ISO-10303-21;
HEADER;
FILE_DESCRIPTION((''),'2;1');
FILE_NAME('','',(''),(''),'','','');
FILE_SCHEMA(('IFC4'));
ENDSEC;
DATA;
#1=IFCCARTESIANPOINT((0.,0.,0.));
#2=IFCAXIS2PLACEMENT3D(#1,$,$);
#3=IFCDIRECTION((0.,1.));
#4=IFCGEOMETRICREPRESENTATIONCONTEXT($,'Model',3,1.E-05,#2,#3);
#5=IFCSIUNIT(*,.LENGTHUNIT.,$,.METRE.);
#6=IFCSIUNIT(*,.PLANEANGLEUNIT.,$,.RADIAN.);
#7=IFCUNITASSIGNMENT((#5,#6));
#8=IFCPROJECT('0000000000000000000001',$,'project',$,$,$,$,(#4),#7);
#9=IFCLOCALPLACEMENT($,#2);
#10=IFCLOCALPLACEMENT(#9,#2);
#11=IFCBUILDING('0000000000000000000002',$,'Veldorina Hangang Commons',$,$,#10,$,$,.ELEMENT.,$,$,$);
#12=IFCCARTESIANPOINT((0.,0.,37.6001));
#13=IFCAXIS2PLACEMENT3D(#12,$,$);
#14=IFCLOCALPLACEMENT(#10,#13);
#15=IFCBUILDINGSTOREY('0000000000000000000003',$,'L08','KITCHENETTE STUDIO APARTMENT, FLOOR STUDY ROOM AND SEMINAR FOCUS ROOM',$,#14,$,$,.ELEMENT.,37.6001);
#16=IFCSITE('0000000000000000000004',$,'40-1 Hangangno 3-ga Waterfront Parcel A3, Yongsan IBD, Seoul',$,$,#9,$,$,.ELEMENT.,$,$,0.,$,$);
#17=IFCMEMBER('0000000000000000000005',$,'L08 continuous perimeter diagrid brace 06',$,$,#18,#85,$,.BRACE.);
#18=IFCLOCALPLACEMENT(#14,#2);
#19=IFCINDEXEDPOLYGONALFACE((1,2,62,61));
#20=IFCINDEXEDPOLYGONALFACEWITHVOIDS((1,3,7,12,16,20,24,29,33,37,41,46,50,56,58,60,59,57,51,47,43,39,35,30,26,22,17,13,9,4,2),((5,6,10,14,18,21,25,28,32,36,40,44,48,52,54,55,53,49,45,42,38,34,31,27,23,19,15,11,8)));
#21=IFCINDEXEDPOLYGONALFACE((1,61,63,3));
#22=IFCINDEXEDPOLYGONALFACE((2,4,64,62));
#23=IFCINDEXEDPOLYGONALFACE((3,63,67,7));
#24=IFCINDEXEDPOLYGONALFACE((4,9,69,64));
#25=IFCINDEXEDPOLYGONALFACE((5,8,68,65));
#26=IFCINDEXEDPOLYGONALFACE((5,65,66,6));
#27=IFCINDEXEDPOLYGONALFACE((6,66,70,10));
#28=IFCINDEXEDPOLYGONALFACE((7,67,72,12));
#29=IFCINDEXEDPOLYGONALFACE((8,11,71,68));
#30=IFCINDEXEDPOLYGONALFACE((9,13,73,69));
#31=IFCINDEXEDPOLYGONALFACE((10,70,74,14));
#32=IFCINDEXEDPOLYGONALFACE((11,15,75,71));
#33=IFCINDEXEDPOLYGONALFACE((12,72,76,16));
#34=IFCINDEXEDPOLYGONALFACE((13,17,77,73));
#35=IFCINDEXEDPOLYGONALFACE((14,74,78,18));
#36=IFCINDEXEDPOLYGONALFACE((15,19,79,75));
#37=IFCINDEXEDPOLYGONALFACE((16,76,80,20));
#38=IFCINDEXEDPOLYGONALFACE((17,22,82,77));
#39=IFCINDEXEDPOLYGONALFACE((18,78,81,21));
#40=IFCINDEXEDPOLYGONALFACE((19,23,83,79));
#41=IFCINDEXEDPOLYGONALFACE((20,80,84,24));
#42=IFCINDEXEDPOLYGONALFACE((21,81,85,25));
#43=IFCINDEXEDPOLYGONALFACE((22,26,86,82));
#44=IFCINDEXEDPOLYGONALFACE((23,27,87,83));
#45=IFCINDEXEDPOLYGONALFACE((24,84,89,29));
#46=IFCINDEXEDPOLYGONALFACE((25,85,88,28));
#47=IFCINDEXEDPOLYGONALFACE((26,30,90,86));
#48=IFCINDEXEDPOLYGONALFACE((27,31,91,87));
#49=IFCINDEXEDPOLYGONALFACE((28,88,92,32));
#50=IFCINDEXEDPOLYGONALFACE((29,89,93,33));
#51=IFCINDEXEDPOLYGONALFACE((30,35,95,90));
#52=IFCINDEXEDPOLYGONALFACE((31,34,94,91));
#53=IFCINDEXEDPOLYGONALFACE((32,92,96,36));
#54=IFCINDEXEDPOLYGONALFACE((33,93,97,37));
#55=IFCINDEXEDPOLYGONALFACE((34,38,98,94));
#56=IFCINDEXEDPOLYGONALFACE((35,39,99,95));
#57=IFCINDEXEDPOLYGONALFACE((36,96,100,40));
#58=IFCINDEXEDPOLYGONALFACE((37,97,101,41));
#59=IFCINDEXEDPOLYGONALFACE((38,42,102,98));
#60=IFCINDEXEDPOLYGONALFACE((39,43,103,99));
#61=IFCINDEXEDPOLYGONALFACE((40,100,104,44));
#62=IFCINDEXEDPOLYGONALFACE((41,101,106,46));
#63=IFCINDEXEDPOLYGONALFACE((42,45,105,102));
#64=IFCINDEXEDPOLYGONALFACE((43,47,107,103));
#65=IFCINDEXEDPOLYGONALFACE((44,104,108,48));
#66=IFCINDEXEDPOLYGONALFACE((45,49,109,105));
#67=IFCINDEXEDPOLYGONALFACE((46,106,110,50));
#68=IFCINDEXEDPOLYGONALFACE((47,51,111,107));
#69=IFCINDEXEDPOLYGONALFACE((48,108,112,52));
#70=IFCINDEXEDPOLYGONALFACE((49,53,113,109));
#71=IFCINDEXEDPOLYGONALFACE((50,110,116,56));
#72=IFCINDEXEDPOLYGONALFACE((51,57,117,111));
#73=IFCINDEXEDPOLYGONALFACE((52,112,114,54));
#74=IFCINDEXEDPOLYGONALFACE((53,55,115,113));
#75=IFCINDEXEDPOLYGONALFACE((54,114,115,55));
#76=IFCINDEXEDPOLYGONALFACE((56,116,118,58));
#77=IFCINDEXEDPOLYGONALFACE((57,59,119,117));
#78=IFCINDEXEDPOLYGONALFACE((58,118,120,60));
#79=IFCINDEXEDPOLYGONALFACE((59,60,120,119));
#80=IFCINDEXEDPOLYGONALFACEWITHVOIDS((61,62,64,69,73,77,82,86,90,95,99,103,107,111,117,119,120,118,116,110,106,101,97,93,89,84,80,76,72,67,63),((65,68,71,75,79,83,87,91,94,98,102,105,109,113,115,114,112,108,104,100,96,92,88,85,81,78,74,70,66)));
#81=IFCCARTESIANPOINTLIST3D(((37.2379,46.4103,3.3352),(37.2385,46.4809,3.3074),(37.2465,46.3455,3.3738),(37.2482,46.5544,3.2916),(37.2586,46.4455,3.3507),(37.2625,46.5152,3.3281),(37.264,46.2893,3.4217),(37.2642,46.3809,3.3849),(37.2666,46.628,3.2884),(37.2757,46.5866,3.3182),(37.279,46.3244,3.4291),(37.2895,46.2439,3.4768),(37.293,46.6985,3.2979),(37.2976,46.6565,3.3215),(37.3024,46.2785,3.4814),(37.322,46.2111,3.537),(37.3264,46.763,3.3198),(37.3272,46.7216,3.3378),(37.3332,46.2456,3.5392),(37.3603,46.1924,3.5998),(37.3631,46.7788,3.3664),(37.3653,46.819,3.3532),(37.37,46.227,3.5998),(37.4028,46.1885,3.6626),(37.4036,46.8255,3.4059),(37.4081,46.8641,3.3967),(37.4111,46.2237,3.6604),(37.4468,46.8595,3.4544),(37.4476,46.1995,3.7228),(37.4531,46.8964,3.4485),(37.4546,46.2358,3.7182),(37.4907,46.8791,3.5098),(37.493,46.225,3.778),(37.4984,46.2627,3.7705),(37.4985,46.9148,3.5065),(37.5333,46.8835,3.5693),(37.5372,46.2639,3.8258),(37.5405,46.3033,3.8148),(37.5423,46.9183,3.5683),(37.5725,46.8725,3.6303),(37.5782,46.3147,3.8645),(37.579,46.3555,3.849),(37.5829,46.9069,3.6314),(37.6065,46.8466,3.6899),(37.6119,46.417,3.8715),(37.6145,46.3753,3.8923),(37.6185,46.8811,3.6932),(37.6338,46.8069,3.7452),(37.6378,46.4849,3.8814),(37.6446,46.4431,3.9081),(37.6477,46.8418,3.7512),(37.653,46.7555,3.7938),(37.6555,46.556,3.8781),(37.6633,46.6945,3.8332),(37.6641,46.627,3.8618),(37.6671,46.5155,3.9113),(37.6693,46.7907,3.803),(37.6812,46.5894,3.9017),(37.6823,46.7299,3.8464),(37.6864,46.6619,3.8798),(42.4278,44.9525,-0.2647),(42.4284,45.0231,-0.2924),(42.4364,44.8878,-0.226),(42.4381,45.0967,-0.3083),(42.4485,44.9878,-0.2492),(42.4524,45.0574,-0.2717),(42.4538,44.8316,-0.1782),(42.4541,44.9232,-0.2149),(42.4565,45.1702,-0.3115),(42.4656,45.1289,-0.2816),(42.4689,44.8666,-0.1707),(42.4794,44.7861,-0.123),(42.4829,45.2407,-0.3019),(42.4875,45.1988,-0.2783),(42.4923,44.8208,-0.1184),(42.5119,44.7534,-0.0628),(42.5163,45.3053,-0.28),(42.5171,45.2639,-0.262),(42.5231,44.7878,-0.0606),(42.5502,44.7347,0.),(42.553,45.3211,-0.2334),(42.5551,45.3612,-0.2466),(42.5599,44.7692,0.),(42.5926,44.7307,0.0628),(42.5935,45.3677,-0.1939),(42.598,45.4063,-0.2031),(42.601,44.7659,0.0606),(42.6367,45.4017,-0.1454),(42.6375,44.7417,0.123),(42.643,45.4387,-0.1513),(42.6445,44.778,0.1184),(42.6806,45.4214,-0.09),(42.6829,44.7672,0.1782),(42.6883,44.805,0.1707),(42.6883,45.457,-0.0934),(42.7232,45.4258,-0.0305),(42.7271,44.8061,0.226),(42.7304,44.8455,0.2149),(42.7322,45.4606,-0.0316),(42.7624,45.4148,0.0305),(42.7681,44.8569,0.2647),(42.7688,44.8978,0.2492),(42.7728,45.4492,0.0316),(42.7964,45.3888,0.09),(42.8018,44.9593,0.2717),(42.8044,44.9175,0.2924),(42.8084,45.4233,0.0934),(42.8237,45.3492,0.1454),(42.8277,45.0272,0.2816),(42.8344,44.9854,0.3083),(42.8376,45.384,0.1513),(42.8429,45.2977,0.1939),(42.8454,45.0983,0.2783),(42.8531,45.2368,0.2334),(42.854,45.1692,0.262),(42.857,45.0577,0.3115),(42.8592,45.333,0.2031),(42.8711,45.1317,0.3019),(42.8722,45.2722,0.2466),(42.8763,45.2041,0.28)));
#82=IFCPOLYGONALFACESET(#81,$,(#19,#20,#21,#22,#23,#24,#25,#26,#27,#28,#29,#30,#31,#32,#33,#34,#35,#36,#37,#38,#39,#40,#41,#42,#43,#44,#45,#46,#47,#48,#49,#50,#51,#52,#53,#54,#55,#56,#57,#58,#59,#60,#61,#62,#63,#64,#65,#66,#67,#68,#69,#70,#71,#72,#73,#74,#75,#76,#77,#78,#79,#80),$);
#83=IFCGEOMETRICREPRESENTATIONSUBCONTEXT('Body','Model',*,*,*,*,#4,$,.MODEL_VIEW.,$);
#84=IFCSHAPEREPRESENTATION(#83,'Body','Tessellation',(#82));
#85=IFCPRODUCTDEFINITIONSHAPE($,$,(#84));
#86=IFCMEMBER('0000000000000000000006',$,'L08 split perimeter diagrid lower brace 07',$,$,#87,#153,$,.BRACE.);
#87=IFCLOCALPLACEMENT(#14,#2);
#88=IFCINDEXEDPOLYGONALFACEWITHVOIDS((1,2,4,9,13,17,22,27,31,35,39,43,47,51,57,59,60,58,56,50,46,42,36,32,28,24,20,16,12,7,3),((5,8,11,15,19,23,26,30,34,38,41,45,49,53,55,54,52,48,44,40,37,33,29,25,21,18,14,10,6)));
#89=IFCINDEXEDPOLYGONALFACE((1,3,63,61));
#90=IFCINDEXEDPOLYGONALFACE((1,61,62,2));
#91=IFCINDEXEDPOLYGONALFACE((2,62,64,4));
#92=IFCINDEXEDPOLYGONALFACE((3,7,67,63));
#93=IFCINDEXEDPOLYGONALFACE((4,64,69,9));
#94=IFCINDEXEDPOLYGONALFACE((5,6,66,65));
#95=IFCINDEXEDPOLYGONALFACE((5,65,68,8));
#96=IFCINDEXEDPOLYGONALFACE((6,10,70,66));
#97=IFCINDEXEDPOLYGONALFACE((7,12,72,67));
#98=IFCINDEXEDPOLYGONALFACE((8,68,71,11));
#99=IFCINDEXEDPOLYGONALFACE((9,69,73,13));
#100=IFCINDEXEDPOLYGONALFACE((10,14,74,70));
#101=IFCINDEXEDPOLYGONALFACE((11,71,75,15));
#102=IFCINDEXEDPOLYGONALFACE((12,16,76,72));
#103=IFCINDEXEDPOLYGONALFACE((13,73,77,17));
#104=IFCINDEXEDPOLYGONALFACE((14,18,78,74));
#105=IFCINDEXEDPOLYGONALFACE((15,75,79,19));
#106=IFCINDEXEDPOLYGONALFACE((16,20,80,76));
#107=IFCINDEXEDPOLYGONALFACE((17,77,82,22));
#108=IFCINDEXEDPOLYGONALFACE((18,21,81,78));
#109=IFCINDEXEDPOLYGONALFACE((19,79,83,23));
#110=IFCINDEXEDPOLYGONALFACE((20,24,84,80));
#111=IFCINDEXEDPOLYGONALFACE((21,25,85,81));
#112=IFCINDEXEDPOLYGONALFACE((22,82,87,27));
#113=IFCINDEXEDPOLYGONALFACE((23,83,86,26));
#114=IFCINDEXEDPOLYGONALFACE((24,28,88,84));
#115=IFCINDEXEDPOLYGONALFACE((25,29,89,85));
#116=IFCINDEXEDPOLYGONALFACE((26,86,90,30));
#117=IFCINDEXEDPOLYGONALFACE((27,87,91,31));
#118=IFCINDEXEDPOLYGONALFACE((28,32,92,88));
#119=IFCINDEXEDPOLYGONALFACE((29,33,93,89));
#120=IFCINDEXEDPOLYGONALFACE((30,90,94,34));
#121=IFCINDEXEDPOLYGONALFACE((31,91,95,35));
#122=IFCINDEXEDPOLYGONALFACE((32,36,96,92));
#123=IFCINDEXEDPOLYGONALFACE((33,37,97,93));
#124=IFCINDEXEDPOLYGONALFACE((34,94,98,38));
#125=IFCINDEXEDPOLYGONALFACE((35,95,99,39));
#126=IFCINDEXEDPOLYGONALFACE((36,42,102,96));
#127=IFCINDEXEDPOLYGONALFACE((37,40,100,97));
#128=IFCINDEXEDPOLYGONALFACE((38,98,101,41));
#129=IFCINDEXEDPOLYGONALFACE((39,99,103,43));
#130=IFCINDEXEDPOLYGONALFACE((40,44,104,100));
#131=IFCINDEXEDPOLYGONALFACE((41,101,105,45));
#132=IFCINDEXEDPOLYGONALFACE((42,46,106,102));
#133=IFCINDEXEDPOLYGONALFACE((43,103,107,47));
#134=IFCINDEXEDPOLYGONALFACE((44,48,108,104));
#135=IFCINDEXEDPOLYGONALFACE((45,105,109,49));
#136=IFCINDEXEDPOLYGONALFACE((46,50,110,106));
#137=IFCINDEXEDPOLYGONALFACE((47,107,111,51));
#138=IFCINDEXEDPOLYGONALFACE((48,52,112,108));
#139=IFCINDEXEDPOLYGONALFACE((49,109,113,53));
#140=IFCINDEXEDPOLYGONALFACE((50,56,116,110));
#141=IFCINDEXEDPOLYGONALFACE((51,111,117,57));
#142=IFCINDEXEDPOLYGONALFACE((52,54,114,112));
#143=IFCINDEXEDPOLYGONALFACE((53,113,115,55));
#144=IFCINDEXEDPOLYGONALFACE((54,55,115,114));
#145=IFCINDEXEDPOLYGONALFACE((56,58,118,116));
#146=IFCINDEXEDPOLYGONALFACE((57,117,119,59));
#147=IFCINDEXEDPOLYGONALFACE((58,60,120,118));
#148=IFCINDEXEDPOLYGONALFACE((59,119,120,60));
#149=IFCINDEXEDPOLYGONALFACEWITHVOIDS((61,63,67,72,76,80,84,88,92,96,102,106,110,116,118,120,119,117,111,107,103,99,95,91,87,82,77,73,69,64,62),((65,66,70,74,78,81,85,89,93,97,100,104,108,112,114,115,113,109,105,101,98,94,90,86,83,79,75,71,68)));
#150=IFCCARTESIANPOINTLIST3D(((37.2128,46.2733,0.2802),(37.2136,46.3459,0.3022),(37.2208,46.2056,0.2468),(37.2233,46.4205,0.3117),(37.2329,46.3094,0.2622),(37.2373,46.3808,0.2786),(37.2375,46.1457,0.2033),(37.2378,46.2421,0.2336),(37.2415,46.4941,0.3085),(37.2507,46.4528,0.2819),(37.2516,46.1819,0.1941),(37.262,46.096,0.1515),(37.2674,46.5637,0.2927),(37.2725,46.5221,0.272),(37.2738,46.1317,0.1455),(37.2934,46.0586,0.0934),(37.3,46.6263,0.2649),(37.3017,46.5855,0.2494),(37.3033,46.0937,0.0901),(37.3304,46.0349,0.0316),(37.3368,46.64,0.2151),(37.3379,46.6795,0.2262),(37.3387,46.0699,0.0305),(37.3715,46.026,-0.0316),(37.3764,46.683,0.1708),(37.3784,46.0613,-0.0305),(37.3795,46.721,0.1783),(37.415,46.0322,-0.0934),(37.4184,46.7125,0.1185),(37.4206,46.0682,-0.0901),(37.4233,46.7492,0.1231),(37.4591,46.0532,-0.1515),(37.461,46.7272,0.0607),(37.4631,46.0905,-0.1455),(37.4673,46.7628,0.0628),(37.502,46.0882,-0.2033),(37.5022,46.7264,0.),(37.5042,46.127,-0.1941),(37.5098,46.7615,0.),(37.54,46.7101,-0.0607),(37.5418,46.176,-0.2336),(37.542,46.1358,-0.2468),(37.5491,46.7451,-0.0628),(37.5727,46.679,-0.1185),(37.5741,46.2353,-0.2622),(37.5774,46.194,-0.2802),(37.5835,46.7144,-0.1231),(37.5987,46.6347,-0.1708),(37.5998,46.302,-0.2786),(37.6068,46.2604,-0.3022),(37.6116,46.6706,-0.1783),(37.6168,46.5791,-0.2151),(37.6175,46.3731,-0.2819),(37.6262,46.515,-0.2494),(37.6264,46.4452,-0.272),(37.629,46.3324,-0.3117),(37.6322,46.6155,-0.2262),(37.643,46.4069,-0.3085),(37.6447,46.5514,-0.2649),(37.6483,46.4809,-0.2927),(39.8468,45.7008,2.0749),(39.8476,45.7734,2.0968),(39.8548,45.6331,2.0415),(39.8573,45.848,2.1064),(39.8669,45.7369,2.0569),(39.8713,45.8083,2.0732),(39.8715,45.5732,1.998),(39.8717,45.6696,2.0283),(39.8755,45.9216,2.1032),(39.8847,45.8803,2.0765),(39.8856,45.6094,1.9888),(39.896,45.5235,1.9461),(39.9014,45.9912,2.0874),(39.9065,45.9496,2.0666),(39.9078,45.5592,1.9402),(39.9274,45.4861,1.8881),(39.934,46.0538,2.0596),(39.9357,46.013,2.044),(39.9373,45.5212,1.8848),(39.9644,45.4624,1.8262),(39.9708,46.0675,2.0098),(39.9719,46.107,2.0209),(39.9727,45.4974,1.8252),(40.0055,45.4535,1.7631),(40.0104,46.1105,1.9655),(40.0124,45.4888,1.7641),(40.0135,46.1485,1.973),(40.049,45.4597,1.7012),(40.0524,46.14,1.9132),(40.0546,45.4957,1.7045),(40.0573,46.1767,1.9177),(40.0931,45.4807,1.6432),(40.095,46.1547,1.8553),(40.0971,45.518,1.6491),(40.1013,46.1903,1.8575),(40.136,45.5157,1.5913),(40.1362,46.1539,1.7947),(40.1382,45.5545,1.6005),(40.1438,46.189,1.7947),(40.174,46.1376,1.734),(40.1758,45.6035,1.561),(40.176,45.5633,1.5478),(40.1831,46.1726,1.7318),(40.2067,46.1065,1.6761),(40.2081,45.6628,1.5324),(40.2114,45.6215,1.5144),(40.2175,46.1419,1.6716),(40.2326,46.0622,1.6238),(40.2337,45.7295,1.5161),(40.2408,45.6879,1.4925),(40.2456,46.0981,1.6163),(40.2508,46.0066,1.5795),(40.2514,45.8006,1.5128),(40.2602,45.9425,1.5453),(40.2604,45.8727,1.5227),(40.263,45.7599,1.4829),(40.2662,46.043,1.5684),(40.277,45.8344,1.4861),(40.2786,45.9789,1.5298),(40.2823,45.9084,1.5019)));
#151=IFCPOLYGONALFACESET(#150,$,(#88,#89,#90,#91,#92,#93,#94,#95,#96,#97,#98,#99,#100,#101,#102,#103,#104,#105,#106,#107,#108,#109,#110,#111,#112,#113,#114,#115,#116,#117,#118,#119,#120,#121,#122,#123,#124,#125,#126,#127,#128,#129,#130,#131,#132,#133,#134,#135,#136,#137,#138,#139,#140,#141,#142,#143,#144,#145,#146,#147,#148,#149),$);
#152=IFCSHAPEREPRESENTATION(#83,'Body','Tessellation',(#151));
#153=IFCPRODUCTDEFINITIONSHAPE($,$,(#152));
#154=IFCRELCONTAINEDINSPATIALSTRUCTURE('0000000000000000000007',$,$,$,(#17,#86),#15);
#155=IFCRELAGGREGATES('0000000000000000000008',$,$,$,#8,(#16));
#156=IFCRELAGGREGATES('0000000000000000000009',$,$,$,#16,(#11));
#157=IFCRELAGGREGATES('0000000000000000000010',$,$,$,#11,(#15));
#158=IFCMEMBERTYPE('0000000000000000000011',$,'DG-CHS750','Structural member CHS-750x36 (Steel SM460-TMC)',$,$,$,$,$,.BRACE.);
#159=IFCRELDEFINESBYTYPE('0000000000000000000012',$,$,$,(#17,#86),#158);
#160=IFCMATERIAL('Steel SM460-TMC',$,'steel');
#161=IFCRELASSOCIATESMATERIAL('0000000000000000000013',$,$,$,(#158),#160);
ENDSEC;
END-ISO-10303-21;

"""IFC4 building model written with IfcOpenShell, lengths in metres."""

from ifc_helpers import new_model, si_unit, direction, frame, origin, origin_2d, place, context, subcontext, project, spatial, hollow_circle, extrude, material, material_profile, profile_set, type_object, element, save


model = new_model("IFC4")

# Units and contexts
model_context = context("Model", 3, precision=1e-05, world=origin(), true_north=direction((0.0, 1.0)))
body_context = subcontext(model_context, "Body", "Model", "MODEL_VIEW")
ifc_project = project(units=[si_unit("LENGTHUNIT", "METRE"), si_unit("PLANEANGLEUNIT", "RADIAN")], contexts=[model_context])

# Site, building, storey
site_placement = place(None, origin())
site = spatial("IfcSite", under=ifc_project, at=site_placement, Name="40-1 Hangangno 3-ga Waterfront Parcel A3, Yongsan IBD, Seoul", CompositionType="ELEMENT", RefElevation=0.0)
building_placement = place(site_placement, origin())
building = spatial("IfcBuilding", under=site, at=building_placement, Name="Veldorina Hangang Commons", CompositionType="ELEMENT")
storey_placement = place(building_placement, frame((0.0, 0.0, 37.6001)))
storey = spatial("IfcBuildingStorey", under=building, at=storey_placement, Name="L08", Description="KITCHENETTE STUDIO APARTMENT, FLOOR STUDY ROOM AND SEMINAR FOCUS ROOM", CompositionType="ELEMENT", Elevation=37.6001)

# Shared definitions
ifc_material_1 = material(Name="Steel SM460-TMC", Category="steel")

# Members
ifc_material_profile_1 = material_profile(ifc_material_1, hollow_circle(Radius=0.375, WallThickness=0.0359, at=origin_2d()), Name="CHS-750x36")
ifc_profile_set_1 = profile_set([ifc_material_profile_1], Name="Steel SM460-TMC")
member_type = type_object("IfcMemberType", Name="DG-CHS750", Description="Structural member CHS-750x36 (Steel SM460-TMC)", PredefinedType="BRACE", material=ifc_profile_set_1)
member_1_placement = place(storey_placement, frame((42.6516, 45.0957, 0.0), z_axis=(-0.800639, 0.224886, 0.55534), x_axis=(-0.270418, -0.962743, 0.0)))
element("IfcMember", 1, at=member_1_placement, inside=storey, type_object=member_type, Name="L08 continuous perimeter diagrid brace 06", PredefinedType="BRACE", context=body_context, shape_type="SweptSolid", body=[
    extrude(hollow_circle(Radius=0.375, WallThickness=0.0359, at=origin_2d()), origin(), (0.0, 0.0, 1.0), 6.4822),
])
member_2_placement = place(storey_placement, frame((37.4302, 46.395, 0.0), z_axis=(0.813393, -0.176792, 0.554199), x_axis=(0.212392, 0.977185, 0.0)))
element("IfcMember", 2, at=member_2_placement, inside=storey, type_object=member_type, Name="L08 split perimeter diagrid lower brace 07", PredefinedType="BRACE", context=body_context, shape_type="SweptSolid", body=[
    extrude(hollow_circle(Radius=0.375, WallThickness=0.0359, at=origin_2d()), origin(), (0.0, 0.0, 1.0), 3.2383),
])

save(model, "model.ifc")
